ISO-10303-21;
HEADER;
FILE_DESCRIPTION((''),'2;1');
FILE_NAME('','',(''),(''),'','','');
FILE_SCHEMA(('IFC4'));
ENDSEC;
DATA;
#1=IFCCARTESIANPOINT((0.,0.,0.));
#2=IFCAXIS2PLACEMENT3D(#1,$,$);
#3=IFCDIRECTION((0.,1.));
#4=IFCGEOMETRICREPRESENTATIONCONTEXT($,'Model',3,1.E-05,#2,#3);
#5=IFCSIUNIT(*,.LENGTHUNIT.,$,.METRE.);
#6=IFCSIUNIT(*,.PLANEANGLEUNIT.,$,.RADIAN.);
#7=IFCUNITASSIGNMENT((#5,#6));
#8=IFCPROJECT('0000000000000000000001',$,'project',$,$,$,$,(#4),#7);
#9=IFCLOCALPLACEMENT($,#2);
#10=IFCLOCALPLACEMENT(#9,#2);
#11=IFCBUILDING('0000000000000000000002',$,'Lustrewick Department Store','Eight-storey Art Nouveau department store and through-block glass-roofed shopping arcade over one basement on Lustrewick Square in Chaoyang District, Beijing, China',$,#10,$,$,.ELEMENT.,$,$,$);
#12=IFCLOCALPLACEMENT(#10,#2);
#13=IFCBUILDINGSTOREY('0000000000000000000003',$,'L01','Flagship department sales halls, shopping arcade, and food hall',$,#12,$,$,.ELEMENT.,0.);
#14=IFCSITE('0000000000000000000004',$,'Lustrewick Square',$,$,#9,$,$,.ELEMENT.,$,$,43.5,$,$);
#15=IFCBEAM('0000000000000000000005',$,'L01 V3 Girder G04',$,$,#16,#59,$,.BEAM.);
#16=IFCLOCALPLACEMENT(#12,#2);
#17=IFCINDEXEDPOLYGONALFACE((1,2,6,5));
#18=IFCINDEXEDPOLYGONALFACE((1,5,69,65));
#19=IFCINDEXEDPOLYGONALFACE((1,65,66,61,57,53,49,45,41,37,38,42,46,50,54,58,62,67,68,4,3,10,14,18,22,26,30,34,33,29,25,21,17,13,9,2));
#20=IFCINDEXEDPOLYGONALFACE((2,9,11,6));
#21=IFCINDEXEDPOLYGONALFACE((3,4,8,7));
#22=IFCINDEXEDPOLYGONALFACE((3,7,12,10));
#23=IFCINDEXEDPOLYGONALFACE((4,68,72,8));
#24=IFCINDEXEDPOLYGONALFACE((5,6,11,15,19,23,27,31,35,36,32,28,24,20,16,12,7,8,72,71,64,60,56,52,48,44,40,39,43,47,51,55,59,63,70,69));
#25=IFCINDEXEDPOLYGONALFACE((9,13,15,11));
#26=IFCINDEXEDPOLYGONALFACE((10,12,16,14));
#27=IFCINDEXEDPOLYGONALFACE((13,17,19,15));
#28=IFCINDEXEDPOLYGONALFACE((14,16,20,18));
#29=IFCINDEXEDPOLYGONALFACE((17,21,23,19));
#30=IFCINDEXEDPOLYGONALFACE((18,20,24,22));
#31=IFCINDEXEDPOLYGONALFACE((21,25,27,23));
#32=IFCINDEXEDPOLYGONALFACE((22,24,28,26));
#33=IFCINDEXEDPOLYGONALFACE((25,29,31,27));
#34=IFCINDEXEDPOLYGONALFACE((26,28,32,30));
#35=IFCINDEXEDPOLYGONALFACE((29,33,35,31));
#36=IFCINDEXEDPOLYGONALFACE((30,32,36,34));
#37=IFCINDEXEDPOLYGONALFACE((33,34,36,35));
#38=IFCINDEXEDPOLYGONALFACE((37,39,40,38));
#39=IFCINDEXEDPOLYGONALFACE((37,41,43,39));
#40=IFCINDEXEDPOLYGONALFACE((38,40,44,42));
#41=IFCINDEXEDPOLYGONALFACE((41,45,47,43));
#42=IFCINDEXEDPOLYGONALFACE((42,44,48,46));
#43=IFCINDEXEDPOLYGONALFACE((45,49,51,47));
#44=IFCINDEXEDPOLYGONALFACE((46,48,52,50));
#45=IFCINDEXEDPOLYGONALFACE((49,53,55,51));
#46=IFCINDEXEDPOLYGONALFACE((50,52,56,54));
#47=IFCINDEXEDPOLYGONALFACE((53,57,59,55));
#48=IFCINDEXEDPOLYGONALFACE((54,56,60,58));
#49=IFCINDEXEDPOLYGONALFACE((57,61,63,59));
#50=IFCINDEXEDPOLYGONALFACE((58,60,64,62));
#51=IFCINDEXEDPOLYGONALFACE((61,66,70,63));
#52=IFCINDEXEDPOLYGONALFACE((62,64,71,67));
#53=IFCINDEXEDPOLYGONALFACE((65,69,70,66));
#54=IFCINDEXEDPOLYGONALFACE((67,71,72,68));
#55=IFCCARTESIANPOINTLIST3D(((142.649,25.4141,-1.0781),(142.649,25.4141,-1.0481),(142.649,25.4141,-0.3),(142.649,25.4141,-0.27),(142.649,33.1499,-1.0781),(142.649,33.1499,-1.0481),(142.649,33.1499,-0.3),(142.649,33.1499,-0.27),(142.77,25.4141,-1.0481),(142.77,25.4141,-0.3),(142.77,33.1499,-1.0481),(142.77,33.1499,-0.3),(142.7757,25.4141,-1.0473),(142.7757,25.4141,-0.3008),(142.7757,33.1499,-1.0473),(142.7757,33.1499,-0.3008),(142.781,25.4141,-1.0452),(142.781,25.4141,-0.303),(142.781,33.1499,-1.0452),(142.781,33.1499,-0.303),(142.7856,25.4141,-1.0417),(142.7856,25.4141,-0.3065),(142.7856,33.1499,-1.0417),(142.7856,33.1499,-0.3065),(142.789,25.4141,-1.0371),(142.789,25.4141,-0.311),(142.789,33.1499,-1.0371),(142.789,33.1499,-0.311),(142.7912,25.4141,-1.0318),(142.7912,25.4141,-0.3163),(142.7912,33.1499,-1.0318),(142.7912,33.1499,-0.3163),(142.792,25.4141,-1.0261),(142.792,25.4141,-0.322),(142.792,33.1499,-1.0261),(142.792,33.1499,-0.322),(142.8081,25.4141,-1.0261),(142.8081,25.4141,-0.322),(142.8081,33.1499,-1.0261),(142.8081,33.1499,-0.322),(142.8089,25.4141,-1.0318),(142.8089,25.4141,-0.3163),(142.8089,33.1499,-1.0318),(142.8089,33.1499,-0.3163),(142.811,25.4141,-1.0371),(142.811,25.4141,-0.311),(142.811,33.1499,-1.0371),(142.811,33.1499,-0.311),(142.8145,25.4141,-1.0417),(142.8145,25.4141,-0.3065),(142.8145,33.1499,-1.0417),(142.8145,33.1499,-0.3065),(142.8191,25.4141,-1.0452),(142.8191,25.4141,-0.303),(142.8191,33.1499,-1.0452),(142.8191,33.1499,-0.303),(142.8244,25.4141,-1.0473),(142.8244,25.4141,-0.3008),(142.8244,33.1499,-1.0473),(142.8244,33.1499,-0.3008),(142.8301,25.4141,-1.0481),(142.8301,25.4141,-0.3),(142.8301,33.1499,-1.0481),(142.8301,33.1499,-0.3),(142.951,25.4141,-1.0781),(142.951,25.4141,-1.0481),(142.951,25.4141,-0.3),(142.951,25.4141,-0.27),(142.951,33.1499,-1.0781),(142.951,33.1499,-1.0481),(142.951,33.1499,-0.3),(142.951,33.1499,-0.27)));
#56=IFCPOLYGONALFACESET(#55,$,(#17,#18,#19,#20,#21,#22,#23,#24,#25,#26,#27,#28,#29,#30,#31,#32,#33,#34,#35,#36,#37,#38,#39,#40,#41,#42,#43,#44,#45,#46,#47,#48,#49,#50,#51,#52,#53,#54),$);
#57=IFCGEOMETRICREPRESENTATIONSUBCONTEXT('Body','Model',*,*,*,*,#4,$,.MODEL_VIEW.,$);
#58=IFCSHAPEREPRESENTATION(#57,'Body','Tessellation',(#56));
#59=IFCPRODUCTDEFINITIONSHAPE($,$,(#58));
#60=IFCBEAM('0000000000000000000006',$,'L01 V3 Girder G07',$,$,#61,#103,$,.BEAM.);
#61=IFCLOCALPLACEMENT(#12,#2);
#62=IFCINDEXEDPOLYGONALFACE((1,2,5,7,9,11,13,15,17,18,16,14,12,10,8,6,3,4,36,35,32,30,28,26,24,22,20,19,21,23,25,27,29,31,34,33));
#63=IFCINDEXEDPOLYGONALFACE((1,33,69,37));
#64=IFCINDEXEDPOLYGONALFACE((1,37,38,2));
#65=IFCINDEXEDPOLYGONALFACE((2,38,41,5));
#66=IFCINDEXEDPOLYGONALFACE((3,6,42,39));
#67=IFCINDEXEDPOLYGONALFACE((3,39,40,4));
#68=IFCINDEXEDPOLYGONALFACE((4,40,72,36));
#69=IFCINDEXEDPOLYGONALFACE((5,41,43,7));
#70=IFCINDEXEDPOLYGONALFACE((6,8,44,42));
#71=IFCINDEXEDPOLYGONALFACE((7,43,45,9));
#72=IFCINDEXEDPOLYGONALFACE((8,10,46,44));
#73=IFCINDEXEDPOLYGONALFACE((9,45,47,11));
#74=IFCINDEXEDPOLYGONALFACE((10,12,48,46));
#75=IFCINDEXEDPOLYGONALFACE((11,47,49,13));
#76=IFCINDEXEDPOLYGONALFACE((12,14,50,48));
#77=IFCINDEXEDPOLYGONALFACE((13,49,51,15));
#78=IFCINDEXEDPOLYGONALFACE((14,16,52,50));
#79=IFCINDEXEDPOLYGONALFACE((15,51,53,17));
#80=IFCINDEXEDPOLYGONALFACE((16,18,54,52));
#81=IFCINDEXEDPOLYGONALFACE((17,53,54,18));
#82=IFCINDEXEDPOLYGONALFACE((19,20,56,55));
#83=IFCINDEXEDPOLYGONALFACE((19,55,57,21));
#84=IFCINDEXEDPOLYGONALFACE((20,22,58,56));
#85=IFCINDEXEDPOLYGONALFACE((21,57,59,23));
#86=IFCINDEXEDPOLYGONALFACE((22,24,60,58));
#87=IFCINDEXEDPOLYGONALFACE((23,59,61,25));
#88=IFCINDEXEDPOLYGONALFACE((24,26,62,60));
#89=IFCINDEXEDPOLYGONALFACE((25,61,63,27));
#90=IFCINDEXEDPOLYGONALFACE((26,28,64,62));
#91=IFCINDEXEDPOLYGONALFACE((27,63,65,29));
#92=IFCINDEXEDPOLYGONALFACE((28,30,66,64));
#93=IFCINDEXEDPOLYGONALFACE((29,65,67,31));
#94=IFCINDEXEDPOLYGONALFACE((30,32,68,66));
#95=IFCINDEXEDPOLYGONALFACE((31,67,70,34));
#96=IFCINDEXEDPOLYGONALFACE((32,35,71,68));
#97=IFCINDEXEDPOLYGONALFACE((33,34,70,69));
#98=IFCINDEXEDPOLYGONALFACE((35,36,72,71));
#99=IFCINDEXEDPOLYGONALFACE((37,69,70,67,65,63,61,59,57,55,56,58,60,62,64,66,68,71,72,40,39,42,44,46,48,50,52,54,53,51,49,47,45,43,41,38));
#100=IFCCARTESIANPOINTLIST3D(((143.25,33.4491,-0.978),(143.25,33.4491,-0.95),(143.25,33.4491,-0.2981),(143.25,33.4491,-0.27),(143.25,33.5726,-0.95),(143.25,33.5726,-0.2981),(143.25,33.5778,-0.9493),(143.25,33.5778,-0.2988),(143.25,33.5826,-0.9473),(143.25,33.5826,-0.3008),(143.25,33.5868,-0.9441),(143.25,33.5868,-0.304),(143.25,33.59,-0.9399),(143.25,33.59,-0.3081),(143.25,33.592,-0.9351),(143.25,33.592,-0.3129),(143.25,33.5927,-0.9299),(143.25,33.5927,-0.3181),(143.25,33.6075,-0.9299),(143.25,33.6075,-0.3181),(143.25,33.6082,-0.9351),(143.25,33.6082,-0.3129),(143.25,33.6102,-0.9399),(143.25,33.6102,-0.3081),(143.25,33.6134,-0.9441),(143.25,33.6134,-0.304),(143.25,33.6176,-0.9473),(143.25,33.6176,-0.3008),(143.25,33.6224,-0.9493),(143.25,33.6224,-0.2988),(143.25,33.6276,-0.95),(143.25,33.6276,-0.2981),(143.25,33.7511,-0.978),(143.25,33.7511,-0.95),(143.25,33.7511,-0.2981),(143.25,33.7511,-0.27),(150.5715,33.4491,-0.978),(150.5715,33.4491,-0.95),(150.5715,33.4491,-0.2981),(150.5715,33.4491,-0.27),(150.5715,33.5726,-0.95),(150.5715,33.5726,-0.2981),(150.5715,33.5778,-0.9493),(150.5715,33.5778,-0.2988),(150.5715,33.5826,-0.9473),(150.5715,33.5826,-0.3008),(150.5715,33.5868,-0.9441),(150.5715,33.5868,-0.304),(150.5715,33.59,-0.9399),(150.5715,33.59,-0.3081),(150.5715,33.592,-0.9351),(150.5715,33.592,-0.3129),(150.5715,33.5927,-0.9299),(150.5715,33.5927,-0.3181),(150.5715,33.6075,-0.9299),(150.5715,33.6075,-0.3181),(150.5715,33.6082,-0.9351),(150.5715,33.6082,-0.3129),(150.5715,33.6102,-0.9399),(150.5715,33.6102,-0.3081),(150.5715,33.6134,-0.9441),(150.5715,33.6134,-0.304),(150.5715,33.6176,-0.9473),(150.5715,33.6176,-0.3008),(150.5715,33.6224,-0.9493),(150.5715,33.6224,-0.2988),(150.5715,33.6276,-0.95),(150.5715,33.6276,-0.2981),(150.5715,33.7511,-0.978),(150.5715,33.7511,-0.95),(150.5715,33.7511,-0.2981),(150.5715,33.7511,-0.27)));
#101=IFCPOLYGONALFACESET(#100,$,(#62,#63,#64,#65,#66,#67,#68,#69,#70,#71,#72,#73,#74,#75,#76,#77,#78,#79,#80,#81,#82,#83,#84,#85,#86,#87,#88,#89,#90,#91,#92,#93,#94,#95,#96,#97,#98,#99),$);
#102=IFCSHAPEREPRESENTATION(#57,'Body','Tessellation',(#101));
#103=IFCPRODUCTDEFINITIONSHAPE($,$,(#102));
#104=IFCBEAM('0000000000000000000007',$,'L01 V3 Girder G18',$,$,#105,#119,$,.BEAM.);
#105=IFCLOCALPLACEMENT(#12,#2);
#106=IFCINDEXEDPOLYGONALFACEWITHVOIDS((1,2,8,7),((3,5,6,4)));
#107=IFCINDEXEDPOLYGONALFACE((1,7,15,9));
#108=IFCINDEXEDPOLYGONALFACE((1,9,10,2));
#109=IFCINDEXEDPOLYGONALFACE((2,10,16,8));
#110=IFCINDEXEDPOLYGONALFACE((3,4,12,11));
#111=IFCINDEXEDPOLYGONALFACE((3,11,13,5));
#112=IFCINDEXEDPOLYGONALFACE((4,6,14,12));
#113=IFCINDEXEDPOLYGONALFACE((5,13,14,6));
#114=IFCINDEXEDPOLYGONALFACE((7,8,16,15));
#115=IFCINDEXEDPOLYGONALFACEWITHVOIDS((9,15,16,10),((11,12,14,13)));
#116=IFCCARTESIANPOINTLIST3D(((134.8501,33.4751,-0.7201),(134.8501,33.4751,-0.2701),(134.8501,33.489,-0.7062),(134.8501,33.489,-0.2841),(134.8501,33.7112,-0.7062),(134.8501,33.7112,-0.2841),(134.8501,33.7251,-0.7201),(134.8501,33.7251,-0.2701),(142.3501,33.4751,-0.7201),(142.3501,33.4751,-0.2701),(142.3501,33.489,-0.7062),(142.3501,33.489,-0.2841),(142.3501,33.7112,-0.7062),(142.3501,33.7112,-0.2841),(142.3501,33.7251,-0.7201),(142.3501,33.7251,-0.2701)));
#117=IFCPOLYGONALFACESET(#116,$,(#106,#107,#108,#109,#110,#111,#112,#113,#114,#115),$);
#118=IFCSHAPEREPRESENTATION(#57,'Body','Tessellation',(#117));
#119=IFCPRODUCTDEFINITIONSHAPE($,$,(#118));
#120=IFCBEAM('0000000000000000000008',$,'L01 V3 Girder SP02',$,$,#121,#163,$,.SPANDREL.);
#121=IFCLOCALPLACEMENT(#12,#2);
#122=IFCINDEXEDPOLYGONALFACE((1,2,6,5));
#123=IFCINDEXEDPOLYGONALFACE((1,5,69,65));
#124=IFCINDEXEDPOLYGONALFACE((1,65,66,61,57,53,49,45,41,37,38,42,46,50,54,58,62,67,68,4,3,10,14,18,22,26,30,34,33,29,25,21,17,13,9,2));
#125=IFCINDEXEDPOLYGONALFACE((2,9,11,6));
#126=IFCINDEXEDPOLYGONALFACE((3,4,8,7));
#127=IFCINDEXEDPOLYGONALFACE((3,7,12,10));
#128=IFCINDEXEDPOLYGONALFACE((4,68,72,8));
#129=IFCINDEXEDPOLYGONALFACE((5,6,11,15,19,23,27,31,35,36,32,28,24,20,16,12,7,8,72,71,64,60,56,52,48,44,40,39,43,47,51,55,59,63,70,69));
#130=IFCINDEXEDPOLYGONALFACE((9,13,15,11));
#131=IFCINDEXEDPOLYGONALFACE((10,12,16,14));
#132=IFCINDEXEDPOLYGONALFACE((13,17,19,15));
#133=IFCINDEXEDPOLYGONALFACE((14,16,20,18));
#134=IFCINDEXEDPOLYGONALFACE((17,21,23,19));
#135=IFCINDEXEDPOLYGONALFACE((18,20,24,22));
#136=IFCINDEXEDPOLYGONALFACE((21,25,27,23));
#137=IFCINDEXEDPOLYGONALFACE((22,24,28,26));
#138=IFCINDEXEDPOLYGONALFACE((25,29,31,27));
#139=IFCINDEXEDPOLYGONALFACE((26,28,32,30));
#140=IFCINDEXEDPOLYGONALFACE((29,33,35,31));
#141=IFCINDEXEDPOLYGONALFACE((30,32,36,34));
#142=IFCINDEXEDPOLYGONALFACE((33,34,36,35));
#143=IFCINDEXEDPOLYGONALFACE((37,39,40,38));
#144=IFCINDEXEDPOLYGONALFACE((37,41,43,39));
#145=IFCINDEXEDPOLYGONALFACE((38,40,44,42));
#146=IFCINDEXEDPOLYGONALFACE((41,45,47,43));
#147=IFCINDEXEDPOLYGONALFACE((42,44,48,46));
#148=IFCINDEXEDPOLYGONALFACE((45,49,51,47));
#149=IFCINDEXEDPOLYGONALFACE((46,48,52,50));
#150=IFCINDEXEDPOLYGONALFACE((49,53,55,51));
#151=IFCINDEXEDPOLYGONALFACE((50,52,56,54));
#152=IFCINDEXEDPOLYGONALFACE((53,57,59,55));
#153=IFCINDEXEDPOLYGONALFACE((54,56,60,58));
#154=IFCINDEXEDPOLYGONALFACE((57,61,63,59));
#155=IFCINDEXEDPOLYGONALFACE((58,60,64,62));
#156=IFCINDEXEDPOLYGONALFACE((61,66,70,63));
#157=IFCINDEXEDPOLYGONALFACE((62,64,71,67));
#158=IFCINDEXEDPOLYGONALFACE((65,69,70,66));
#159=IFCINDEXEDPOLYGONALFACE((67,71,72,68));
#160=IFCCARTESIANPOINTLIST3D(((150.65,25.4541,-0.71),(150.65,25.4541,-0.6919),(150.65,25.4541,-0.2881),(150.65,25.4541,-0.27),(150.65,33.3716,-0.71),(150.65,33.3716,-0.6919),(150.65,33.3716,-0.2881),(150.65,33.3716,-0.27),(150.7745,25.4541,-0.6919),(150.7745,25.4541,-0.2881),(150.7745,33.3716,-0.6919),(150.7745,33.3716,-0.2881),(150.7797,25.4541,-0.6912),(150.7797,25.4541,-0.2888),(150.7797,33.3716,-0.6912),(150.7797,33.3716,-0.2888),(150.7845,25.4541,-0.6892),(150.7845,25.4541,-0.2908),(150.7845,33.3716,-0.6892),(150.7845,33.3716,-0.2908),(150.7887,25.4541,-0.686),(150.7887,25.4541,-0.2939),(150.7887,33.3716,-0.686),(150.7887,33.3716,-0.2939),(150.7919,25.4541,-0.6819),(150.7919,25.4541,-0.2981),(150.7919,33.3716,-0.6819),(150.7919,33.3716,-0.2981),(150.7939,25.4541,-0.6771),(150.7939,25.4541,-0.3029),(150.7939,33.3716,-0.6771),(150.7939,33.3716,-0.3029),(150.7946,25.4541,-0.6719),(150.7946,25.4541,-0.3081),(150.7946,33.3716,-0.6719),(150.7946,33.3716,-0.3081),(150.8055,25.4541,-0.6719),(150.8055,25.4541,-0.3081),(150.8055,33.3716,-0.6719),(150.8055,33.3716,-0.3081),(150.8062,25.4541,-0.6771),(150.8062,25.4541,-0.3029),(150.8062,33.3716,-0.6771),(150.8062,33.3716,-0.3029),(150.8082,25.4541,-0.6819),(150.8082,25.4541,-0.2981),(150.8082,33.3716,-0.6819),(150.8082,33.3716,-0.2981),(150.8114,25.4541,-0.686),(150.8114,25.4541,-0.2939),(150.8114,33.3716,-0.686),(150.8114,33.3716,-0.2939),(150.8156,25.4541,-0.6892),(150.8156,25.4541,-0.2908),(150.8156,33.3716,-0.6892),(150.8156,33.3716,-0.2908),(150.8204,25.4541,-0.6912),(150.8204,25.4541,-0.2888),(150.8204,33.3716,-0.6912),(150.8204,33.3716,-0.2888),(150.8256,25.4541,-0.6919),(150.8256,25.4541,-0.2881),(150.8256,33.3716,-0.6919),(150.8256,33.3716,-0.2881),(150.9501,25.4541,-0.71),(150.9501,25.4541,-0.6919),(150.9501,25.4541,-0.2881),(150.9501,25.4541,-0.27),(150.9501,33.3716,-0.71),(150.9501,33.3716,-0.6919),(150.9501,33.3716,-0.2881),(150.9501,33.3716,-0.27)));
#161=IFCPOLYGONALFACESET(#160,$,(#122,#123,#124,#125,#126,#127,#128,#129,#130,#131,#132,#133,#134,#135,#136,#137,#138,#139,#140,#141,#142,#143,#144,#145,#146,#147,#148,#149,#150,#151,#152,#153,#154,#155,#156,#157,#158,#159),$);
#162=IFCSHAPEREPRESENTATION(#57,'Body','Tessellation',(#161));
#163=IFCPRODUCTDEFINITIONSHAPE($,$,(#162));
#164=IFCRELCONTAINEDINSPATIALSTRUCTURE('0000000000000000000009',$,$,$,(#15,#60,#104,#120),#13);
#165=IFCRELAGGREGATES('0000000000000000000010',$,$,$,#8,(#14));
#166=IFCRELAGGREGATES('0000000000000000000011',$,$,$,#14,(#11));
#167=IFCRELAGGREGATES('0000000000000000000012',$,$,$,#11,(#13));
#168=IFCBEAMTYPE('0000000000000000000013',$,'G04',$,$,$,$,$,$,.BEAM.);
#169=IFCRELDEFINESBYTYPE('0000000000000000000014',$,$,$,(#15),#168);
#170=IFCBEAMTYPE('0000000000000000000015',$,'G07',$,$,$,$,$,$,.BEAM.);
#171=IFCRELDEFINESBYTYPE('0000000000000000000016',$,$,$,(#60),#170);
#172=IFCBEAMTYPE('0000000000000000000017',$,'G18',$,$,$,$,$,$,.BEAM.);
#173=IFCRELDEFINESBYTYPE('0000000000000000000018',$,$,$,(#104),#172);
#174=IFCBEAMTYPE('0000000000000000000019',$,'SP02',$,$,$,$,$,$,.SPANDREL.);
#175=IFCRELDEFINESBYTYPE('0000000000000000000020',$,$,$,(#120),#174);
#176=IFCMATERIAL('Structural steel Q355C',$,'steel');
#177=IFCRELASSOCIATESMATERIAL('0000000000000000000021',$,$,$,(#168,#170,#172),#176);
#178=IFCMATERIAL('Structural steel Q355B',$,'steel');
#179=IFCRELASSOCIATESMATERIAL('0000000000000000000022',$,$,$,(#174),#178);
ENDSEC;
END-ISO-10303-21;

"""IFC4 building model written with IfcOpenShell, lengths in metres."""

from ifc_helpers import new_model, si_unit, direction, frame, origin, origin_2d, place, context, subcontext, project, spatial, hollow_rectangle, i_section, extrude, material, material_profile, profile_set, type_object, element, save


model = new_model("IFC4")

# Units and contexts
model_context = context("Model", 3, precision=1e-05, world=origin(), true_north=direction((0.0, 1.0)))
body_context = subcontext(model_context, "Body", "Model", "MODEL_VIEW")
ifc_project = project(units=[si_unit("LENGTHUNIT", "METRE"), si_unit("PLANEANGLEUNIT", "RADIAN")], contexts=[model_context])

# Site, building, storey
site_placement = place(None, origin())
site = spatial("IfcSite", under=ifc_project, at=site_placement, Name="Lustrewick Square", CompositionType="ELEMENT", RefElevation=43.5)
building_placement = place(site_placement, origin())
building = spatial("IfcBuilding", under=site, at=building_placement, Name="Lustrewick Department Store", Description="Eight-storey Art Nouveau department store and through-block glass-roofed shopping arcade over one basement on Lustrewick Square in Chaoyang District, Beijing, China", CompositionType="ELEMENT")
storey_placement = place(building_placement, origin())
storey = spatial("IfcBuildingStorey", under=building, at=storey_placement, Name="L01", Description="Flagship department sales halls, shopping arcade, and food hall", CompositionType="ELEMENT", Elevation=0.0)

# Shared definitions
ifc_material_1 = material(Name="Structural steel Q355C", Category="steel")

# Beams
ifc_material_2 = material(Name="Structural steel Q355B", Category="steel")
ifc_material_profile_1 = material_profile(ifc_material_1, i_section(OverallWidth=0.302, OverallDepth=0.8081, WebThickness=0.0161, FlangeThickness=0.03, FilletRadius=0.022, at=origin_2d()), Name="HN 808x302x16x30")
ifc_profile_set_1 = profile_set([ifc_material_profile_1], Name="Structural steel Q355C")
beam_type_1 = type_object("IfcBeamType", Name="G04", PredefinedType="BEAM", material=ifc_profile_set_1)
beam_1_placement = place(storey_placement, frame((142.8, 25.4141, -0.6741), z_axis=(0.0, 1.0, 0.0), x_axis=(-1.0, 0.0, 0.0)))
element("IfcBeam", 1, at=beam_1_placement, inside=storey, type_object=beam_type_1, Name="L01 V3 Girder G04", PredefinedType="BEAM", context=body_context, shape_type="SweptSolid", body=[
    extrude(i_section(OverallWidth=0.302, OverallDepth=0.8081, WebThickness=0.0161, FlangeThickness=0.03, FilletRadius=0.022, at=origin_2d()), origin(), (0.0, 0.0, 1.0), 7.7358),
])
ifc_material_profile_2 = material_profile(ifc_material_1, i_section(OverallWidth=0.302, OverallDepth=0.708, WebThickness=0.0149, FlangeThickness=0.0281, FilletRadius=0.02, at=origin_2d()), Name="HN 708x302x15x28")
ifc_profile_set_2 = profile_set([ifc_material_profile_2], Name="Structural steel Q355C")
beam_type_2 = type_object("IfcBeamType", Name="G07", PredefinedType="BEAM", material=ifc_profile_set_2)
beam_2_placement = place(storey_placement, frame((143.25, 33.6001, -0.624), z_axis=(1.0, 0.0, 0.0), x_axis=(0.0, 1.0, 0.0)))
element("IfcBeam", 2, at=beam_2_placement, inside=storey, type_object=beam_type_2, Name="L01 V3 Girder G07", PredefinedType="BEAM", context=body_context, shape_type="SweptSolid", body=[
    extrude(i_section(OverallWidth=0.302, OverallDepth=0.708, WebThickness=0.0149, FlangeThickness=0.0281, FilletRadius=0.02, at=origin_2d()), origin(), (0.0, 0.0, 1.0), 7.3215),
])
ifc_material_profile_3 = material_profile(ifc_material_1, hollow_rectangle(XDim=0.25, YDim=0.45, WallThickness=0.0139, at=origin_2d()), Name="RHS 450x250x14")
ifc_profile_set_3 = profile_set([ifc_material_profile_3], Name="Structural steel Q355C")
beam_type_3 = type_object("IfcBeamType", Name="G18", PredefinedType="BEAM", material=ifc_profile_set_3)
beam_3_placement = place(storey_placement, frame((134.8501, 33.6001, -0.4951), z_axis=(1.0, 0.0, 0.0), x_axis=(0.0, 1.0, 0.0)))
element("IfcBeam", 3, at=beam_3_placement, inside=storey, type_object=beam_type_3, Name="L01 V3 Girder G18", PredefinedType="BEAM", context=body_context, shape_type="SweptSolid", body=[
    extrude(hollow_rectangle(XDim=0.25, YDim=0.45, WallThickness=0.0139, at=origin_2d()), origin(), (0.0, 0.0, 1.0), 7.5),
])
ifc_material_profile_4 = material_profile(ifc_material_2, i_section(OverallWidth=0.3, OverallDepth=0.4399, WebThickness=0.011, FlangeThickness=0.0181, FilletRadius=0.02, at=origin_2d()), Name="HM 440x300x11x18")
ifc_profile_set_4 = profile_set([ifc_material_profile_4], Name="Structural steel Q355B")
beam_type_4 = type_object("IfcBeamType", Name="SP02", PredefinedType="SPANDREL", material=ifc_profile_set_4)
beam_4_placement = place(storey_placement, frame((150.8, 25.4541, -0.49), z_axis=(0.0, 1.0, 0.0), x_axis=(-1.0, 0.0, 0.0)))
element("IfcBeam", 4, at=beam_4_placement, inside=storey, type_object=beam_type_4, Name="L01 V3 Girder SP02", PredefinedType="SPANDREL", context=body_context, shape_type="SweptSolid", body=[
    extrude(i_section(OverallWidth=0.3, OverallDepth=0.4399, WebThickness=0.011, FlangeThickness=0.0181, FilletRadius=0.02, at=origin_2d()), origin(), (0.0, 0.0, 1.0), 7.9175),
])

save(model, "model.ifc")
